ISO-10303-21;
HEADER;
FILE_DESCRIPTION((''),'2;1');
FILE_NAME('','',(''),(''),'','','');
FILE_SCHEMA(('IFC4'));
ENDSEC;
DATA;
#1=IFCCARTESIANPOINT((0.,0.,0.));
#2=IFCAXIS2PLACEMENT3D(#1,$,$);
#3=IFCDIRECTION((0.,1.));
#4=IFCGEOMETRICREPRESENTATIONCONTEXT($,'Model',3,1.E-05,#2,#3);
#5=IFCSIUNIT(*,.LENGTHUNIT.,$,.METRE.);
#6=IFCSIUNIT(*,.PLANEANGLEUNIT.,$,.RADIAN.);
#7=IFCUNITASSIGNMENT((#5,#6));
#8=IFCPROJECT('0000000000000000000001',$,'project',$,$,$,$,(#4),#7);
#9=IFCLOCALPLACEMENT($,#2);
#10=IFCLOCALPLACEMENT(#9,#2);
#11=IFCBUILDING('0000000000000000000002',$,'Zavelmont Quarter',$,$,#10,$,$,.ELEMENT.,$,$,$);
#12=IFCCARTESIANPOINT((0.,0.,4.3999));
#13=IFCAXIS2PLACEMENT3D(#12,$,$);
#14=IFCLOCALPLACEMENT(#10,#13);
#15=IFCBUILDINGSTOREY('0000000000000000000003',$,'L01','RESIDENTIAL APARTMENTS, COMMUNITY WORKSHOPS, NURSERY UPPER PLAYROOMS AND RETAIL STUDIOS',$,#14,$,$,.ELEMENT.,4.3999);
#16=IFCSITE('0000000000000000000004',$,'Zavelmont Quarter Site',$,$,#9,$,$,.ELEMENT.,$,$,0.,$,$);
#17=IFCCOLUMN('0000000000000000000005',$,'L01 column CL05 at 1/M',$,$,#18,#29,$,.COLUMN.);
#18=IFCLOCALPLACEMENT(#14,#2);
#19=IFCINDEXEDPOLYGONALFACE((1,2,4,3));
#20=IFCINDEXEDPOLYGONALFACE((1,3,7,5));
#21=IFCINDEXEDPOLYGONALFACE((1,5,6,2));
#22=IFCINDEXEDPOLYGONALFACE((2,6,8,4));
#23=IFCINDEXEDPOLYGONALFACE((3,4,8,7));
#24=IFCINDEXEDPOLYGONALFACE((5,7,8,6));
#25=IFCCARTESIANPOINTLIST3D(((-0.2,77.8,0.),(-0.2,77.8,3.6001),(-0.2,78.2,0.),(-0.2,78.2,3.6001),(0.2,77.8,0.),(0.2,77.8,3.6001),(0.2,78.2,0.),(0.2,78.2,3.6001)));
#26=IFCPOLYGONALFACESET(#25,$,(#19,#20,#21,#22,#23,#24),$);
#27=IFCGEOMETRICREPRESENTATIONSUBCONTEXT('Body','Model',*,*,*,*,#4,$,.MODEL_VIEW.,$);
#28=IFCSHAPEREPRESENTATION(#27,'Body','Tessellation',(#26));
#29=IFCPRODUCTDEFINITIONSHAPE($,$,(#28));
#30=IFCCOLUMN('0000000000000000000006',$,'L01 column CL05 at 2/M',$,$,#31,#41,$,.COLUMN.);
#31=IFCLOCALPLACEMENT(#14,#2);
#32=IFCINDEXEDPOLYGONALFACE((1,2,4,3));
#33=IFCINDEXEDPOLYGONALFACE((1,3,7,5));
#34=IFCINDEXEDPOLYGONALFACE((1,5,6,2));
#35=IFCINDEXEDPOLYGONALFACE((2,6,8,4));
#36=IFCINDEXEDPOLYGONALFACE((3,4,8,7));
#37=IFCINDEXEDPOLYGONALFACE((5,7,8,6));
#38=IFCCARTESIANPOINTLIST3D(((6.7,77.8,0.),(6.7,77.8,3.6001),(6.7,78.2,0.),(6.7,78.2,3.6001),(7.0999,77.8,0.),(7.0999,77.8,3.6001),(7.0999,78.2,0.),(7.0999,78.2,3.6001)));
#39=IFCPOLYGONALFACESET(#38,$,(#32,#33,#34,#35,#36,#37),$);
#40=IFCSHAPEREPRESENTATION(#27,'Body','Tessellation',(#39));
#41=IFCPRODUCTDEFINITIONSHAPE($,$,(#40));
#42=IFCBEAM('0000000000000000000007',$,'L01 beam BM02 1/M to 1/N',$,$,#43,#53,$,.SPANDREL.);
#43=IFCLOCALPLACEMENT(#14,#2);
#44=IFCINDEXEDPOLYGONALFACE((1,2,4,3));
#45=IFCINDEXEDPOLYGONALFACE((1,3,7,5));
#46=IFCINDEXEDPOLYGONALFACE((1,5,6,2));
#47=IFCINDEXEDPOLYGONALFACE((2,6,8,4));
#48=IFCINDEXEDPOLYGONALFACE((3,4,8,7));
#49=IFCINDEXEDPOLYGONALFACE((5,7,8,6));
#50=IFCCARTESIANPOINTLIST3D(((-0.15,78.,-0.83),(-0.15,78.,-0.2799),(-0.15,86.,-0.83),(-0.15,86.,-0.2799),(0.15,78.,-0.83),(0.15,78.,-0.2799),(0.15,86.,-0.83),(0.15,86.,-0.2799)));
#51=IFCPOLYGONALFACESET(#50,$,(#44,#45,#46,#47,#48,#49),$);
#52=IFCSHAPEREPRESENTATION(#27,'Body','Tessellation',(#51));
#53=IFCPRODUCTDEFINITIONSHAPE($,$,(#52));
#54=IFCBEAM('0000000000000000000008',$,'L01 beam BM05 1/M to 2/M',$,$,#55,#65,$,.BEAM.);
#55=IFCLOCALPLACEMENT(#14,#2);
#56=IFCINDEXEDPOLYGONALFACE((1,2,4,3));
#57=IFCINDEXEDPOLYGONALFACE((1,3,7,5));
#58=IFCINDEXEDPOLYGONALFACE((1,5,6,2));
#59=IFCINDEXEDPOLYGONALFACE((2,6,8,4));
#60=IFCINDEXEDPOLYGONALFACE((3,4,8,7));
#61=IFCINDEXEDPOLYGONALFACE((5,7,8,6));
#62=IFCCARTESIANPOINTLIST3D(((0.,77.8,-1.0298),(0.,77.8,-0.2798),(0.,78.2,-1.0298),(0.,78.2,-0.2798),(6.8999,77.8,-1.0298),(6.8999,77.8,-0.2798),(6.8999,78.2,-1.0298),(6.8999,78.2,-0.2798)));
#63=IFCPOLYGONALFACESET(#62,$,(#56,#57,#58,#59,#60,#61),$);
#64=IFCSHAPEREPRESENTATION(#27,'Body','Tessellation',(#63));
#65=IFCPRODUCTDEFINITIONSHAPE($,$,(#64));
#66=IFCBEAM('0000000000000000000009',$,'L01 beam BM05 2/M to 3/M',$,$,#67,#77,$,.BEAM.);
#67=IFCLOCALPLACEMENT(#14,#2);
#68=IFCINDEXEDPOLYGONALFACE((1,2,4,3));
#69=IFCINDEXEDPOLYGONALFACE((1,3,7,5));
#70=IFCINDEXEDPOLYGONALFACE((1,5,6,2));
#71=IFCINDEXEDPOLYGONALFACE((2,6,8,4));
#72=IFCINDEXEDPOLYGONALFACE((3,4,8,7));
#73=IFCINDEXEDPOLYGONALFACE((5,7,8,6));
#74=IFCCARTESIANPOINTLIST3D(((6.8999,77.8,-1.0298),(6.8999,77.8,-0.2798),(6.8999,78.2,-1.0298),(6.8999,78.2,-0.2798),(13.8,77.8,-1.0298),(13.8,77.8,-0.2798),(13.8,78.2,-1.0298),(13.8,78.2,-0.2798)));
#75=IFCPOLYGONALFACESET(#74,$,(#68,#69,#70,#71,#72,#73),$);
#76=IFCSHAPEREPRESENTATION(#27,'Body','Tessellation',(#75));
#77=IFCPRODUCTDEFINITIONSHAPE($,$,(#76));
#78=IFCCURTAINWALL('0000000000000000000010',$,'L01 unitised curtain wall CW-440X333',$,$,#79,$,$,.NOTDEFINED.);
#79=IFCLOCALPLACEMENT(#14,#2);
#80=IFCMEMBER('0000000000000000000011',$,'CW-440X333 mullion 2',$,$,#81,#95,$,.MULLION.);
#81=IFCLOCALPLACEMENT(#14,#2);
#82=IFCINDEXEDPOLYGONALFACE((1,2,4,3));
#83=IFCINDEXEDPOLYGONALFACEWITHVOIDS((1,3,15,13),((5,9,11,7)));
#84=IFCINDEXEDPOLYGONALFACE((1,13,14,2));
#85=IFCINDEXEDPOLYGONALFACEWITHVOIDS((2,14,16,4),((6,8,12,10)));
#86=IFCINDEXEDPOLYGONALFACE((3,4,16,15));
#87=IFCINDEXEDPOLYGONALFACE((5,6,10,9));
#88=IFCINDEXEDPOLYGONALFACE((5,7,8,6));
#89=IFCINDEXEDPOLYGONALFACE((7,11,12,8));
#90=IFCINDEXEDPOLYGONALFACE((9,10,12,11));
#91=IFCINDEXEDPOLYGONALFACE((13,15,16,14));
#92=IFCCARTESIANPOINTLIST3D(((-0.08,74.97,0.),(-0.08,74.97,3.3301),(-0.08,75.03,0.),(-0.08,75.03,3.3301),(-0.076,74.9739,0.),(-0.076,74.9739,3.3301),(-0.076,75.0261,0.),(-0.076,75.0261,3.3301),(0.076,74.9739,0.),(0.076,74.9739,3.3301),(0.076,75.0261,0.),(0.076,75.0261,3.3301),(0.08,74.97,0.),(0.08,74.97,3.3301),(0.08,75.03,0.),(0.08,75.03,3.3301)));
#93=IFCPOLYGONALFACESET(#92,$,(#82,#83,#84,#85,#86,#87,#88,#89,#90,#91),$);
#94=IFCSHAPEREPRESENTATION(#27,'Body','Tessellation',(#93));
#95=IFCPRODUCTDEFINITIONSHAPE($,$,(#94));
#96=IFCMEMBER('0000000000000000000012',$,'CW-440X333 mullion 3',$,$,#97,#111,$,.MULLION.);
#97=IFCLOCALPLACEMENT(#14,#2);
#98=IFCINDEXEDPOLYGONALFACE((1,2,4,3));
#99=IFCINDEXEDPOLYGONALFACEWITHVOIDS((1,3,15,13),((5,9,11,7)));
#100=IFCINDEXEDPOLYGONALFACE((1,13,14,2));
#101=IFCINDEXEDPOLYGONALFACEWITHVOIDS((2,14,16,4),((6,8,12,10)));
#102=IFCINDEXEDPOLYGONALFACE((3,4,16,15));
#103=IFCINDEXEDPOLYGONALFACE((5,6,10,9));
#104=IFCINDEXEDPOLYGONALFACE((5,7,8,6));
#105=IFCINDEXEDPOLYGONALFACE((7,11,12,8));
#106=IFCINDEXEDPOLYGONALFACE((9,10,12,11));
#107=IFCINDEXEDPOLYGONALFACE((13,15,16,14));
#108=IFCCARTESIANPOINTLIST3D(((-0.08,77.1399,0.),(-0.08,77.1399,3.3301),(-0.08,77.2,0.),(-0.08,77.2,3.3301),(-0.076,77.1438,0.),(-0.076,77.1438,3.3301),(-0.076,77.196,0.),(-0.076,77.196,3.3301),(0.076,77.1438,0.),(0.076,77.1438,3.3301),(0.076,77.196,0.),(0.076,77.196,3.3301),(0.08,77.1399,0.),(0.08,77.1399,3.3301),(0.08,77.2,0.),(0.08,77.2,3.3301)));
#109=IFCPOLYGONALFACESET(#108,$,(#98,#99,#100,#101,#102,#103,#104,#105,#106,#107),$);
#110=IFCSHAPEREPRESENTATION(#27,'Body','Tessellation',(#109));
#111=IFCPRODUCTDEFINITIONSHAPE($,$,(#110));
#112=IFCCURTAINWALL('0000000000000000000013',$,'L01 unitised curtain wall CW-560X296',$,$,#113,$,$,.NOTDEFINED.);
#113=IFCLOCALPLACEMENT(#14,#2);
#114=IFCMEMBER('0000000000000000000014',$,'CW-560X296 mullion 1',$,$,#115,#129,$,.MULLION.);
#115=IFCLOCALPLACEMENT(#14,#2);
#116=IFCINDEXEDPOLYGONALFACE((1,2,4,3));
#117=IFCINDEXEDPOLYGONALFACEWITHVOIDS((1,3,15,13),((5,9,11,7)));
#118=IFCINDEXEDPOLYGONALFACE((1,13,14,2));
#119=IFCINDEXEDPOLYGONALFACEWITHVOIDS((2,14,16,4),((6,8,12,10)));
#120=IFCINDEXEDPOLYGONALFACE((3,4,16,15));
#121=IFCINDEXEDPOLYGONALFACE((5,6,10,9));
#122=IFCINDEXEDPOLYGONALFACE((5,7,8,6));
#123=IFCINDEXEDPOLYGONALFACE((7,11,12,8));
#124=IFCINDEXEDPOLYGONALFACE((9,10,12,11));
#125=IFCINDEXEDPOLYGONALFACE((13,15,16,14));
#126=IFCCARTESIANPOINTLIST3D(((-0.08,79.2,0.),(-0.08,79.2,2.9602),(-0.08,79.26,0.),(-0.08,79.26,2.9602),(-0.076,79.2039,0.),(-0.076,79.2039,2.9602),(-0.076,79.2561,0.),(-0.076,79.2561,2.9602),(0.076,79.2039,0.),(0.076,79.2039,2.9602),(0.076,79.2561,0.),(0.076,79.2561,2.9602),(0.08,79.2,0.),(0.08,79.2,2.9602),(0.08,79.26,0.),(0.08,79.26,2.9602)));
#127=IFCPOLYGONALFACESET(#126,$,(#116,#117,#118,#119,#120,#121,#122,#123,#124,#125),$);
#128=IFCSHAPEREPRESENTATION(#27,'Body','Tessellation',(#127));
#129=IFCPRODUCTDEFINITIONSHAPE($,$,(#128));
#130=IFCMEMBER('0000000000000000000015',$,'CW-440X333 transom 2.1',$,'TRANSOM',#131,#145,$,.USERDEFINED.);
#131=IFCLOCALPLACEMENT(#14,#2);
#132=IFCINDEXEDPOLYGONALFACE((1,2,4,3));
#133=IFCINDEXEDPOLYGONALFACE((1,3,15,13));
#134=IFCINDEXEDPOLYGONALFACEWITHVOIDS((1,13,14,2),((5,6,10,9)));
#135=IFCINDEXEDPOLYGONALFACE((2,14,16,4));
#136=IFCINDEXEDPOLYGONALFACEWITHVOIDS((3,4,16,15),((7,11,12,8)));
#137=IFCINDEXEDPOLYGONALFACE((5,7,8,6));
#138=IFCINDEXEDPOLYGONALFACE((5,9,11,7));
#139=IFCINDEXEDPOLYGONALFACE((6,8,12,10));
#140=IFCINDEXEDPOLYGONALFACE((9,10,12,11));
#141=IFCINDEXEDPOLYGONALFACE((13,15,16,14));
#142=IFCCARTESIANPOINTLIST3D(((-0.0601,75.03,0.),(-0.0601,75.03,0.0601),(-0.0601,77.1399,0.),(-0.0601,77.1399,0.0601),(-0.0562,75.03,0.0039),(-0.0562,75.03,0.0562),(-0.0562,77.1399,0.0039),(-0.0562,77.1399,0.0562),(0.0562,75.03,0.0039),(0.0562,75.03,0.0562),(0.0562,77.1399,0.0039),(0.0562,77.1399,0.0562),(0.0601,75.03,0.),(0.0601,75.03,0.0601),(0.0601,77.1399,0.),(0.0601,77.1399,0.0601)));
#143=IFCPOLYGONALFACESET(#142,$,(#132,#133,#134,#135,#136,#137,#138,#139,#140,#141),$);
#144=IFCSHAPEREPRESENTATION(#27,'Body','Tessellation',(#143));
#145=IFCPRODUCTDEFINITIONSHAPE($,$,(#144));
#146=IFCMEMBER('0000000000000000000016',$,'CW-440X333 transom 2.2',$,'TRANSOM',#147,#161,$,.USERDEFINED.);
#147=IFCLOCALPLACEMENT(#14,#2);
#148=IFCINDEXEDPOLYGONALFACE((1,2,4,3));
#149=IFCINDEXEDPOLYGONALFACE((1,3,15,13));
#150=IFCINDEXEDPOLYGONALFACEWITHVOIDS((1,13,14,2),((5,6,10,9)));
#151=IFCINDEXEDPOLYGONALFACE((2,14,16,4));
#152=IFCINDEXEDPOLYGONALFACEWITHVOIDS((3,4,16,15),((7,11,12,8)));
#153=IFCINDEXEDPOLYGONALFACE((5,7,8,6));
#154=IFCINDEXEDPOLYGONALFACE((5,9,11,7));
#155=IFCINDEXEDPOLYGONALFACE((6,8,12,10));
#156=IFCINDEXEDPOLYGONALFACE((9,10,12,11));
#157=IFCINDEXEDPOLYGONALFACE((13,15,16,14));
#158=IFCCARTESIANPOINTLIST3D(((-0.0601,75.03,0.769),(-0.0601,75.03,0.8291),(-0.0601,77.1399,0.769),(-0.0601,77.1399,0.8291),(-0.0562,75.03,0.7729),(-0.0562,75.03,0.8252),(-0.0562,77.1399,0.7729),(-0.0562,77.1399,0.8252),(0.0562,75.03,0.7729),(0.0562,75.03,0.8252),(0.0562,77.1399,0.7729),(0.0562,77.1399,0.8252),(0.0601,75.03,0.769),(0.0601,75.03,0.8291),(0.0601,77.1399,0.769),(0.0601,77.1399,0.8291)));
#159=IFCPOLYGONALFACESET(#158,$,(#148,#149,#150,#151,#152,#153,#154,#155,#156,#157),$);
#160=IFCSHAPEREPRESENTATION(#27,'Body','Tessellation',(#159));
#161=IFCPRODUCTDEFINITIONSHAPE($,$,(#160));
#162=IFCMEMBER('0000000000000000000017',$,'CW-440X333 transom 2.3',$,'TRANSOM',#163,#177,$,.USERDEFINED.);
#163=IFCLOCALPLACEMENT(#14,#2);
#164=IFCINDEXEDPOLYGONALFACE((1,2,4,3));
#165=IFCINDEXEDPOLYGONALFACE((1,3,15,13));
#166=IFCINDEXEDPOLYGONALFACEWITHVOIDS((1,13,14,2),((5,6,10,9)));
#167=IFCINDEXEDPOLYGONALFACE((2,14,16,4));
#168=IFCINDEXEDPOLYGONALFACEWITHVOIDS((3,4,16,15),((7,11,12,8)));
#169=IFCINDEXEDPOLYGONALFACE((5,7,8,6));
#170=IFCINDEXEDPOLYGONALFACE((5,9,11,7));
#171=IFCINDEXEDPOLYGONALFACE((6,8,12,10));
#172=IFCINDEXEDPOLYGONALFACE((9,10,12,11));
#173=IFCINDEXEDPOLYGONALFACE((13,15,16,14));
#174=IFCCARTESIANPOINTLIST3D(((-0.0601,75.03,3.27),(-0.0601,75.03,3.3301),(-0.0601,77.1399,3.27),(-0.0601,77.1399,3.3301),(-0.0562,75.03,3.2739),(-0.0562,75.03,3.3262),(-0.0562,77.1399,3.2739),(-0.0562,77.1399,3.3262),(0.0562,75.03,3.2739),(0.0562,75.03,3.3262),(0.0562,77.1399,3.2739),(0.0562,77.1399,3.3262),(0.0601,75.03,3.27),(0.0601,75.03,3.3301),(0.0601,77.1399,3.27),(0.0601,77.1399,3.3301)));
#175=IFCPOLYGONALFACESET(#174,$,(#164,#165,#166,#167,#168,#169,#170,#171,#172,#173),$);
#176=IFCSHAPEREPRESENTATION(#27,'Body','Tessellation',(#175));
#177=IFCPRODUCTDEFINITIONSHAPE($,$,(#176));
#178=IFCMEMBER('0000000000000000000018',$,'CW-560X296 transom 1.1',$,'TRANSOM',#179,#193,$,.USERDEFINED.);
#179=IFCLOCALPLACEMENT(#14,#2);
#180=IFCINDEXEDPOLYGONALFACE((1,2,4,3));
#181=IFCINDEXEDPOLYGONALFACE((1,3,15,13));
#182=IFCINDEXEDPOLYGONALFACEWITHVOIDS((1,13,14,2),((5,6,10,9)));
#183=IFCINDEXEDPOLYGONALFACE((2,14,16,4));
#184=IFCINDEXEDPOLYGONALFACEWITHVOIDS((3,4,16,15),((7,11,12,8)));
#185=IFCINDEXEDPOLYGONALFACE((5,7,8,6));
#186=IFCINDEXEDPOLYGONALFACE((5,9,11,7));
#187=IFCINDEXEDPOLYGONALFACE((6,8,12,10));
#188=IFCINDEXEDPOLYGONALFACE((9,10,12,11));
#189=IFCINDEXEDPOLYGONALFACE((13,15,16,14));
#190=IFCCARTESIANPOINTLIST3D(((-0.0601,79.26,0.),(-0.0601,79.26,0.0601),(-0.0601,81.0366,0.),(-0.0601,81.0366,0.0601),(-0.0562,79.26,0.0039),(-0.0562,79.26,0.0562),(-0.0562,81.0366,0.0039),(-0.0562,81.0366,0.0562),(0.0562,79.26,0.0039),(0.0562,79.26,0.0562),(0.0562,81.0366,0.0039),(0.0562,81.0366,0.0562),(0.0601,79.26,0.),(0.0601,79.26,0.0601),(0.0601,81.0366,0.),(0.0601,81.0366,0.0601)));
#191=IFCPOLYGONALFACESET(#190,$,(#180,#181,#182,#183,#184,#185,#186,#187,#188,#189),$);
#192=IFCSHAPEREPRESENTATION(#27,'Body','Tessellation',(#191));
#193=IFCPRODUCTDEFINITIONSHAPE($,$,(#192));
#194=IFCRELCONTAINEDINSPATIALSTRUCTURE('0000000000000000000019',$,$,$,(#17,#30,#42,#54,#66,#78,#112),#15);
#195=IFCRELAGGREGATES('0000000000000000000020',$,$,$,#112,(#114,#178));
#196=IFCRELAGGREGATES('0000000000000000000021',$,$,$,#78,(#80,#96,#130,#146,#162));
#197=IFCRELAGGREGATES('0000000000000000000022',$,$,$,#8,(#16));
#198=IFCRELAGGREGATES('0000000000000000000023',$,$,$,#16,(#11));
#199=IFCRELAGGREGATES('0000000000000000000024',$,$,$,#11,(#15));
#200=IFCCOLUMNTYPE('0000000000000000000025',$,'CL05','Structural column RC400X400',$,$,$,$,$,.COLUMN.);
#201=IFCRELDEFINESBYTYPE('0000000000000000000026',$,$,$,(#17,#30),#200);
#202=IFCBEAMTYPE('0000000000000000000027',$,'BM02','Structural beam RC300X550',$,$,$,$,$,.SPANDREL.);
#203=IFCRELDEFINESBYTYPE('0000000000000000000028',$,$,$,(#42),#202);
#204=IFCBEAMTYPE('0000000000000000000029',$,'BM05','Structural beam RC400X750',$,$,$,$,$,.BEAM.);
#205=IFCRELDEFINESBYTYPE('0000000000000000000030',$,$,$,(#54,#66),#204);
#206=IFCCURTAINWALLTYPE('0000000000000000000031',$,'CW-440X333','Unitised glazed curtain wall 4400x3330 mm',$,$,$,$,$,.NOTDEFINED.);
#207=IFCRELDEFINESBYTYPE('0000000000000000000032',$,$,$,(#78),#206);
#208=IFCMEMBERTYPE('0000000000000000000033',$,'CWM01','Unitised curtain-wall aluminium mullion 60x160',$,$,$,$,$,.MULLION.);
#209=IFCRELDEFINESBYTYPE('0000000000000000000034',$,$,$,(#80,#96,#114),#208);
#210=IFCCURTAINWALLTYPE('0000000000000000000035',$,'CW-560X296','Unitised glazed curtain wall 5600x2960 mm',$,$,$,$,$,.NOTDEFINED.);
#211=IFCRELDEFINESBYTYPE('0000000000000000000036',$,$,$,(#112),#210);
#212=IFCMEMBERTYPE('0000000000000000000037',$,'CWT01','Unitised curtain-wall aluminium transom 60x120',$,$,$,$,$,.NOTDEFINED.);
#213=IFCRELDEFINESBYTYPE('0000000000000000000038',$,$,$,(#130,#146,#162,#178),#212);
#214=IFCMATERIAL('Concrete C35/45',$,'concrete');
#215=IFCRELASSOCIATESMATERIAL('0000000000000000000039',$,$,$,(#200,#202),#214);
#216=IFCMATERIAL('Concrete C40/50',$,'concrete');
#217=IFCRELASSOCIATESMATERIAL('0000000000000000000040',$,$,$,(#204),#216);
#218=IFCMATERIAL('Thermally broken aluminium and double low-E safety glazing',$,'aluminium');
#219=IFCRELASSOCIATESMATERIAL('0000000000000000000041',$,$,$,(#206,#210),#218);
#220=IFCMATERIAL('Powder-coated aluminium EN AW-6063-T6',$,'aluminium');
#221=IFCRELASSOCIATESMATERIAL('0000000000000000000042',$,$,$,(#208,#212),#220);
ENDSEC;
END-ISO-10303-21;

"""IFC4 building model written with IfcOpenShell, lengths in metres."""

from ifc_helpers import new_model, si_unit, direction, frame, origin, origin_2d, place, context, subcontext, project, spatial, rectangle, hollow_rectangle, extrude, material, material_profile, profile_set, type_object, element, aggregate, save


model = new_model("IFC4")

# Units and contexts
model_context = context("Model", 3, precision=1e-05, world=origin(), true_north=direction((0.0, 1.0)))
body_context = subcontext(model_context, "Body", "Model", "MODEL_VIEW")
ifc_project = project(units=[si_unit("LENGTHUNIT", "METRE"), si_unit("PLANEANGLEUNIT", "RADIAN")], contexts=[model_context])

# Site, building, storey
site_placement = place(None, origin())
site = spatial("IfcSite", under=ifc_project, at=site_placement, Name="Zavelmont Quarter Site", CompositionType="ELEMENT", RefElevation=0.0)
building_placement = place(site_placement, origin())
building = spatial("IfcBuilding", under=site, at=building_placement, Name="Zavelmont Quarter", CompositionType="ELEMENT")
storey_placement = place(building_placement, frame((0.0, 0.0, 4.3999)))
storey = spatial("IfcBuildingStorey", under=building, at=storey_placement, Name="L01", Description="RESIDENTIAL APARTMENTS, COMMUNITY WORKSHOPS, NURSERY UPPER PLAYROOMS AND RETAIL STUDIOS", CompositionType="ELEMENT", Elevation=4.3999)

# Columns
ifc_material_1 = material(Name="Concrete C35/45", Category="concrete")
ifc_material_profile_1 = material_profile(ifc_material_1, rectangle(XDim=0.3999, YDim=0.3999, at=origin_2d()), Name="RC400X400")
ifc_profile_set_1 = profile_set([ifc_material_profile_1], Name="Concrete C35/45")
column_type = type_object("IfcColumnType", Name="CL05", Description="Structural column RC400X400", PredefinedType="COLUMN", material=ifc_profile_set_1)
for number, where, z_axis, x_axis, name in (
    (1, (0.0, 78.0, 0.0), (0.0, 0.0, 1.0), (1.0, 0.0, 0.0), "L01 column CL05 at 1/M"),
    (2, (6.8999, 78.0, 0.0), (0.0, 0.0, 1.0), (1.0, 0.0, 0.0), "L01 column CL05 at 2/M"),
):
    element("IfcColumn", number, at=place(storey_placement, frame(where, z_axis=z_axis, x_axis=x_axis)), inside=storey, type_object=column_type, Name=name, PredefinedType="COLUMN", context=body_context, shape_type="SweptSolid", body=[
        extrude(rectangle(XDim=0.3999, YDim=0.3999, at=origin_2d()), origin(), (0.0, 0.0, 1.0), 3.6001),
    ])

# Beams
ifc_material_profile_2 = material_profile(ifc_material_1, rectangle(XDim=0.3, YDim=0.55, at=origin_2d()), Name="RC300X550")
ifc_profile_set_2 = profile_set([ifc_material_profile_2], Name="Concrete C35/45")
beam_type_1 = type_object("IfcBeamType", Name="BM02", Description="Structural beam RC300X550", PredefinedType="SPANDREL", material=ifc_profile_set_2)
beam_1_placement = place(storey_placement, frame((0.0, 78.0, -0.5549), z_axis=(0.0, 1.0, 0.0), x_axis=(-1.0, 0.0, 0.0)))
element("IfcBeam", 3, at=beam_1_placement, inside=storey, type_object=beam_type_1, Name="L01 beam BM02 1/M to 1/N", PredefinedType="SPANDREL", context=body_context, shape_type="SweptSolid", body=[
    extrude(rectangle(XDim=0.3, YDim=0.55, at=origin_2d()), origin(), (0.0, 0.0, 1.0), 8.0),
])
ifc_material_2 = material(Name="Concrete C40/50", Category="concrete")
ifc_material_profile_3 = material_profile(ifc_material_2, rectangle(XDim=0.3999, YDim=0.75, at=origin_2d()), Name="RC400X750")
ifc_profile_set_3 = profile_set([ifc_material_profile_3], Name="Concrete C40/50")
beam_type_2 = type_object("IfcBeamType", Name="BM05", Description="Structural beam RC400X750", PredefinedType="BEAM", material=ifc_profile_set_3)
beam_2_placement = place(storey_placement, frame((0.0, 78.0, -0.6548), z_axis=(1.0, 0.0, 0.0), x_axis=(0.0, 1.0, 0.0)))
element("IfcBeam", 4, at=beam_2_placement, inside=storey, type_object=beam_type_2, Name="L01 beam BM05 1/M to 2/M", PredefinedType="BEAM", context=body_context, shape_type="SweptSolid", body=[
    extrude(rectangle(XDim=0.3999, YDim=0.75, at=origin_2d()), origin(), (0.0, 0.0, 1.0), 6.8999),
])
beam_3_placement = place(storey_placement, frame((6.8999, 78.0, -0.6548), z_axis=(1.0, 0.0, 0.0), x_axis=(0.0, 1.0, 0.0)))
element("IfcBeam", 5, at=beam_3_placement, inside=storey, type_object=beam_type_2, Name="L01 beam BM05 2/M to 3/M", PredefinedType="BEAM", context=body_context, shape_type="SweptSolid", body=[
    extrude(rectangle(XDim=0.3999, YDim=0.75, at=origin_2d()), origin(), (0.0, 0.0, 1.0), 6.9001),
])

# Curtain wall, members
ifc_material_3 = material(Name="Thermally broken aluminium and double low-E safety glazing", Category="aluminium")
curtain_wall_type_1 = type_object("IfcCurtainWallType", Name="CW-440X333", Description="Unitised glazed curtain wall 4400x3330 mm", PredefinedType="NOTDEFINED", material=ifc_material_3)
curtain_wall_1_placement = place(storey_placement, origin())
curtain_wall_1 = element("IfcCurtainWall", 6, at=curtain_wall_1_placement, inside=storey, type_object=curtain_wall_type_1, Name="L01 unitised curtain wall CW-440X333", PredefinedType="NOTDEFINED")
ifc_material_4 = material(Name="Powder-coated aluminium EN AW-6063-T6", Category="aluminium")
ifc_material_profile_4 = material_profile(ifc_material_4, hollow_rectangle(XDim=0.0601, YDim=0.1599, WallThickness=0.0039, at=origin_2d()), Name="CWM60X160")
ifc_profile_set_4 = profile_set([ifc_material_profile_4], Name="Powder-coated aluminium EN AW-6063-T6")
member_type_1 = type_object("IfcMemberType", Name="CWM01", Description="Unitised curtain-wall aluminium mullion 60x160", PredefinedType="MULLION", material=ifc_profile_set_4)
member_1_placement = place(storey_placement, frame((0.0, 75.0, 0.0), z_axis=(0.0, 0.0, 1.0), x_axis=(0.0, 1.0, 0.0)))
member_1 = element("IfcMember", 7, at=member_1_placement, type_object=member_type_1, Name="CW-440X333 mullion 2", PredefinedType="MULLION", context=body_context, shape_type="SweptSolid", body=[
    extrude(hollow_rectangle(XDim=0.0601, YDim=0.1599, WallThickness=0.0039, at=origin_2d()), origin(), (0.0, 0.0, 1.0), 3.3301),
])
member_2_placement = place(storey_placement, frame((0.0, 77.1699, 0.0), z_axis=(0.0, 0.0, 1.0), x_axis=(0.0, 1.0, 0.0)))
member_2 = element("IfcMember", 8, at=member_2_placement, type_object=member_type_1, Name="CW-440X333 mullion 3", PredefinedType="MULLION", context=body_context, shape_type="SweptSolid", body=[
    extrude(hollow_rectangle(XDim=0.0601, YDim=0.1599, WallThickness=0.0039, at=origin_2d()), origin(), (0.0, 0.0, 1.0), 3.3301),
])

# Curtain wall, member
curtain_wall_type_2 = type_object("IfcCurtainWallType", Name="CW-560X296", Description="Unitised glazed curtain wall 5600x2960 mm", PredefinedType="NOTDEFINED", material=ifc_material_3)
curtain_wall_2_placement = place(storey_placement, origin())
curtain_wall_2 = element("IfcCurtainWall", 9, at=curtain_wall_2_placement, inside=storey, type_object=curtain_wall_type_2, Name="L01 unitised curtain wall CW-560X296", PredefinedType="NOTDEFINED")
member_3_placement = place(storey_placement, frame((0.0, 79.23, 0.0), z_axis=(0.0, 0.0, 1.0), x_axis=(0.0, 1.0, 0.0)))
member_3 = element("IfcMember", 10, at=member_3_placement, type_object=member_type_1, Name="CW-560X296 mullion 1", PredefinedType="MULLION", context=body_context, shape_type="SweptSolid", body=[
    extrude(hollow_rectangle(XDim=0.0601, YDim=0.1599, WallThickness=0.0039, at=origin_2d()), origin(), (0.0, 0.0, 1.0), 2.9602),
])

# Members
ifc_material_profile_5 = material_profile(ifc_material_4, hollow_rectangle(XDim=0.1201, YDim=0.0601, WallThickness=0.0039, at=origin_2d()), Name="CWT60X120")
ifc_profile_set_5 = profile_set([ifc_material_profile_5], Name="Powder-coated aluminium EN AW-6063-T6")
member_type_2 = type_object("IfcMemberType", Name="CWT01", Description="Unitised curtain-wall aluminium transom 60x120", PredefinedType="NOTDEFINED", material=ifc_profile_set_5)
member_4_placement = place(storey_placement, frame((0.0, 75.03, 0.03), z_axis=(0.0, 1.0, 0.0), x_axis=(-1.0, 0.0, 0.0)))
member_4 = element("IfcMember", 11, at=member_4_placement, type_object=member_type_2, Name="CW-440X333 transom 2.1", ObjectType="TRANSOM", PredefinedType="USERDEFINED", context=body_context, shape_type="SweptSolid", body=[
    extrude(hollow_rectangle(XDim=0.1201, YDim=0.0601, WallThickness=0.0039, at=origin_2d()), origin(), (0.0, 0.0, 1.0), 2.1099),
])
member_5_placement = place(storey_placement, frame((0.0, 75.03, 0.7991), z_axis=(0.0, 1.0, 0.0), x_axis=(-1.0, 0.0, 0.0)))
member_5 = element("IfcMember", 12, at=member_5_placement, type_object=member_type_2, Name="CW-440X333 transom 2.2", ObjectType="TRANSOM", PredefinedType="USERDEFINED", context=body_context, shape_type="SweptSolid", body=[
    extrude(hollow_rectangle(XDim=0.1201, YDim=0.0601, WallThickness=0.0039, at=origin_2d()), origin(), (0.0, 0.0, 1.0), 2.1099),
])
member_6_placement = place(storey_placement, frame((0.0, 75.03, 3.3), z_axis=(0.0, 1.0, 0.0), x_axis=(-1.0, 0.0, 0.0)))
member_6 = element("IfcMember", 13, at=member_6_placement, type_object=member_type_2, Name="CW-440X333 transom 2.3", ObjectType="TRANSOM", PredefinedType="USERDEFINED", context=body_context, shape_type="SweptSolid", body=[
    extrude(hollow_rectangle(XDim=0.1201, YDim=0.0601, WallThickness=0.0039, at=origin_2d()), origin(), (0.0, 0.0, 1.0), 2.1099),
])
member_7_placement = place(storey_placement, frame((0.0, 79.26, 0.03), z_axis=(0.0, 1.0, 0.0), x_axis=(-1.0, 0.0, 0.0)))
member_7 = element("IfcMember", 14, at=member_7_placement, type_object=member_type_2, Name="CW-560X296 transom 1.1", ObjectType="TRANSOM", PredefinedType="USERDEFINED", context=body_context, shape_type="SweptSolid", body=[
    extrude(hollow_rectangle(XDim=0.1201, YDim=0.0601, WallThickness=0.0039, at=origin_2d()), origin(), (0.0, 0.0, 1.0), 1.7766),
])

aggregate(curtain_wall_2, [member_3, member_7])
aggregate(curtain_wall_1, [member_1, member_2, member_4, member_5, member_6])

save(model, "model.ifc")
